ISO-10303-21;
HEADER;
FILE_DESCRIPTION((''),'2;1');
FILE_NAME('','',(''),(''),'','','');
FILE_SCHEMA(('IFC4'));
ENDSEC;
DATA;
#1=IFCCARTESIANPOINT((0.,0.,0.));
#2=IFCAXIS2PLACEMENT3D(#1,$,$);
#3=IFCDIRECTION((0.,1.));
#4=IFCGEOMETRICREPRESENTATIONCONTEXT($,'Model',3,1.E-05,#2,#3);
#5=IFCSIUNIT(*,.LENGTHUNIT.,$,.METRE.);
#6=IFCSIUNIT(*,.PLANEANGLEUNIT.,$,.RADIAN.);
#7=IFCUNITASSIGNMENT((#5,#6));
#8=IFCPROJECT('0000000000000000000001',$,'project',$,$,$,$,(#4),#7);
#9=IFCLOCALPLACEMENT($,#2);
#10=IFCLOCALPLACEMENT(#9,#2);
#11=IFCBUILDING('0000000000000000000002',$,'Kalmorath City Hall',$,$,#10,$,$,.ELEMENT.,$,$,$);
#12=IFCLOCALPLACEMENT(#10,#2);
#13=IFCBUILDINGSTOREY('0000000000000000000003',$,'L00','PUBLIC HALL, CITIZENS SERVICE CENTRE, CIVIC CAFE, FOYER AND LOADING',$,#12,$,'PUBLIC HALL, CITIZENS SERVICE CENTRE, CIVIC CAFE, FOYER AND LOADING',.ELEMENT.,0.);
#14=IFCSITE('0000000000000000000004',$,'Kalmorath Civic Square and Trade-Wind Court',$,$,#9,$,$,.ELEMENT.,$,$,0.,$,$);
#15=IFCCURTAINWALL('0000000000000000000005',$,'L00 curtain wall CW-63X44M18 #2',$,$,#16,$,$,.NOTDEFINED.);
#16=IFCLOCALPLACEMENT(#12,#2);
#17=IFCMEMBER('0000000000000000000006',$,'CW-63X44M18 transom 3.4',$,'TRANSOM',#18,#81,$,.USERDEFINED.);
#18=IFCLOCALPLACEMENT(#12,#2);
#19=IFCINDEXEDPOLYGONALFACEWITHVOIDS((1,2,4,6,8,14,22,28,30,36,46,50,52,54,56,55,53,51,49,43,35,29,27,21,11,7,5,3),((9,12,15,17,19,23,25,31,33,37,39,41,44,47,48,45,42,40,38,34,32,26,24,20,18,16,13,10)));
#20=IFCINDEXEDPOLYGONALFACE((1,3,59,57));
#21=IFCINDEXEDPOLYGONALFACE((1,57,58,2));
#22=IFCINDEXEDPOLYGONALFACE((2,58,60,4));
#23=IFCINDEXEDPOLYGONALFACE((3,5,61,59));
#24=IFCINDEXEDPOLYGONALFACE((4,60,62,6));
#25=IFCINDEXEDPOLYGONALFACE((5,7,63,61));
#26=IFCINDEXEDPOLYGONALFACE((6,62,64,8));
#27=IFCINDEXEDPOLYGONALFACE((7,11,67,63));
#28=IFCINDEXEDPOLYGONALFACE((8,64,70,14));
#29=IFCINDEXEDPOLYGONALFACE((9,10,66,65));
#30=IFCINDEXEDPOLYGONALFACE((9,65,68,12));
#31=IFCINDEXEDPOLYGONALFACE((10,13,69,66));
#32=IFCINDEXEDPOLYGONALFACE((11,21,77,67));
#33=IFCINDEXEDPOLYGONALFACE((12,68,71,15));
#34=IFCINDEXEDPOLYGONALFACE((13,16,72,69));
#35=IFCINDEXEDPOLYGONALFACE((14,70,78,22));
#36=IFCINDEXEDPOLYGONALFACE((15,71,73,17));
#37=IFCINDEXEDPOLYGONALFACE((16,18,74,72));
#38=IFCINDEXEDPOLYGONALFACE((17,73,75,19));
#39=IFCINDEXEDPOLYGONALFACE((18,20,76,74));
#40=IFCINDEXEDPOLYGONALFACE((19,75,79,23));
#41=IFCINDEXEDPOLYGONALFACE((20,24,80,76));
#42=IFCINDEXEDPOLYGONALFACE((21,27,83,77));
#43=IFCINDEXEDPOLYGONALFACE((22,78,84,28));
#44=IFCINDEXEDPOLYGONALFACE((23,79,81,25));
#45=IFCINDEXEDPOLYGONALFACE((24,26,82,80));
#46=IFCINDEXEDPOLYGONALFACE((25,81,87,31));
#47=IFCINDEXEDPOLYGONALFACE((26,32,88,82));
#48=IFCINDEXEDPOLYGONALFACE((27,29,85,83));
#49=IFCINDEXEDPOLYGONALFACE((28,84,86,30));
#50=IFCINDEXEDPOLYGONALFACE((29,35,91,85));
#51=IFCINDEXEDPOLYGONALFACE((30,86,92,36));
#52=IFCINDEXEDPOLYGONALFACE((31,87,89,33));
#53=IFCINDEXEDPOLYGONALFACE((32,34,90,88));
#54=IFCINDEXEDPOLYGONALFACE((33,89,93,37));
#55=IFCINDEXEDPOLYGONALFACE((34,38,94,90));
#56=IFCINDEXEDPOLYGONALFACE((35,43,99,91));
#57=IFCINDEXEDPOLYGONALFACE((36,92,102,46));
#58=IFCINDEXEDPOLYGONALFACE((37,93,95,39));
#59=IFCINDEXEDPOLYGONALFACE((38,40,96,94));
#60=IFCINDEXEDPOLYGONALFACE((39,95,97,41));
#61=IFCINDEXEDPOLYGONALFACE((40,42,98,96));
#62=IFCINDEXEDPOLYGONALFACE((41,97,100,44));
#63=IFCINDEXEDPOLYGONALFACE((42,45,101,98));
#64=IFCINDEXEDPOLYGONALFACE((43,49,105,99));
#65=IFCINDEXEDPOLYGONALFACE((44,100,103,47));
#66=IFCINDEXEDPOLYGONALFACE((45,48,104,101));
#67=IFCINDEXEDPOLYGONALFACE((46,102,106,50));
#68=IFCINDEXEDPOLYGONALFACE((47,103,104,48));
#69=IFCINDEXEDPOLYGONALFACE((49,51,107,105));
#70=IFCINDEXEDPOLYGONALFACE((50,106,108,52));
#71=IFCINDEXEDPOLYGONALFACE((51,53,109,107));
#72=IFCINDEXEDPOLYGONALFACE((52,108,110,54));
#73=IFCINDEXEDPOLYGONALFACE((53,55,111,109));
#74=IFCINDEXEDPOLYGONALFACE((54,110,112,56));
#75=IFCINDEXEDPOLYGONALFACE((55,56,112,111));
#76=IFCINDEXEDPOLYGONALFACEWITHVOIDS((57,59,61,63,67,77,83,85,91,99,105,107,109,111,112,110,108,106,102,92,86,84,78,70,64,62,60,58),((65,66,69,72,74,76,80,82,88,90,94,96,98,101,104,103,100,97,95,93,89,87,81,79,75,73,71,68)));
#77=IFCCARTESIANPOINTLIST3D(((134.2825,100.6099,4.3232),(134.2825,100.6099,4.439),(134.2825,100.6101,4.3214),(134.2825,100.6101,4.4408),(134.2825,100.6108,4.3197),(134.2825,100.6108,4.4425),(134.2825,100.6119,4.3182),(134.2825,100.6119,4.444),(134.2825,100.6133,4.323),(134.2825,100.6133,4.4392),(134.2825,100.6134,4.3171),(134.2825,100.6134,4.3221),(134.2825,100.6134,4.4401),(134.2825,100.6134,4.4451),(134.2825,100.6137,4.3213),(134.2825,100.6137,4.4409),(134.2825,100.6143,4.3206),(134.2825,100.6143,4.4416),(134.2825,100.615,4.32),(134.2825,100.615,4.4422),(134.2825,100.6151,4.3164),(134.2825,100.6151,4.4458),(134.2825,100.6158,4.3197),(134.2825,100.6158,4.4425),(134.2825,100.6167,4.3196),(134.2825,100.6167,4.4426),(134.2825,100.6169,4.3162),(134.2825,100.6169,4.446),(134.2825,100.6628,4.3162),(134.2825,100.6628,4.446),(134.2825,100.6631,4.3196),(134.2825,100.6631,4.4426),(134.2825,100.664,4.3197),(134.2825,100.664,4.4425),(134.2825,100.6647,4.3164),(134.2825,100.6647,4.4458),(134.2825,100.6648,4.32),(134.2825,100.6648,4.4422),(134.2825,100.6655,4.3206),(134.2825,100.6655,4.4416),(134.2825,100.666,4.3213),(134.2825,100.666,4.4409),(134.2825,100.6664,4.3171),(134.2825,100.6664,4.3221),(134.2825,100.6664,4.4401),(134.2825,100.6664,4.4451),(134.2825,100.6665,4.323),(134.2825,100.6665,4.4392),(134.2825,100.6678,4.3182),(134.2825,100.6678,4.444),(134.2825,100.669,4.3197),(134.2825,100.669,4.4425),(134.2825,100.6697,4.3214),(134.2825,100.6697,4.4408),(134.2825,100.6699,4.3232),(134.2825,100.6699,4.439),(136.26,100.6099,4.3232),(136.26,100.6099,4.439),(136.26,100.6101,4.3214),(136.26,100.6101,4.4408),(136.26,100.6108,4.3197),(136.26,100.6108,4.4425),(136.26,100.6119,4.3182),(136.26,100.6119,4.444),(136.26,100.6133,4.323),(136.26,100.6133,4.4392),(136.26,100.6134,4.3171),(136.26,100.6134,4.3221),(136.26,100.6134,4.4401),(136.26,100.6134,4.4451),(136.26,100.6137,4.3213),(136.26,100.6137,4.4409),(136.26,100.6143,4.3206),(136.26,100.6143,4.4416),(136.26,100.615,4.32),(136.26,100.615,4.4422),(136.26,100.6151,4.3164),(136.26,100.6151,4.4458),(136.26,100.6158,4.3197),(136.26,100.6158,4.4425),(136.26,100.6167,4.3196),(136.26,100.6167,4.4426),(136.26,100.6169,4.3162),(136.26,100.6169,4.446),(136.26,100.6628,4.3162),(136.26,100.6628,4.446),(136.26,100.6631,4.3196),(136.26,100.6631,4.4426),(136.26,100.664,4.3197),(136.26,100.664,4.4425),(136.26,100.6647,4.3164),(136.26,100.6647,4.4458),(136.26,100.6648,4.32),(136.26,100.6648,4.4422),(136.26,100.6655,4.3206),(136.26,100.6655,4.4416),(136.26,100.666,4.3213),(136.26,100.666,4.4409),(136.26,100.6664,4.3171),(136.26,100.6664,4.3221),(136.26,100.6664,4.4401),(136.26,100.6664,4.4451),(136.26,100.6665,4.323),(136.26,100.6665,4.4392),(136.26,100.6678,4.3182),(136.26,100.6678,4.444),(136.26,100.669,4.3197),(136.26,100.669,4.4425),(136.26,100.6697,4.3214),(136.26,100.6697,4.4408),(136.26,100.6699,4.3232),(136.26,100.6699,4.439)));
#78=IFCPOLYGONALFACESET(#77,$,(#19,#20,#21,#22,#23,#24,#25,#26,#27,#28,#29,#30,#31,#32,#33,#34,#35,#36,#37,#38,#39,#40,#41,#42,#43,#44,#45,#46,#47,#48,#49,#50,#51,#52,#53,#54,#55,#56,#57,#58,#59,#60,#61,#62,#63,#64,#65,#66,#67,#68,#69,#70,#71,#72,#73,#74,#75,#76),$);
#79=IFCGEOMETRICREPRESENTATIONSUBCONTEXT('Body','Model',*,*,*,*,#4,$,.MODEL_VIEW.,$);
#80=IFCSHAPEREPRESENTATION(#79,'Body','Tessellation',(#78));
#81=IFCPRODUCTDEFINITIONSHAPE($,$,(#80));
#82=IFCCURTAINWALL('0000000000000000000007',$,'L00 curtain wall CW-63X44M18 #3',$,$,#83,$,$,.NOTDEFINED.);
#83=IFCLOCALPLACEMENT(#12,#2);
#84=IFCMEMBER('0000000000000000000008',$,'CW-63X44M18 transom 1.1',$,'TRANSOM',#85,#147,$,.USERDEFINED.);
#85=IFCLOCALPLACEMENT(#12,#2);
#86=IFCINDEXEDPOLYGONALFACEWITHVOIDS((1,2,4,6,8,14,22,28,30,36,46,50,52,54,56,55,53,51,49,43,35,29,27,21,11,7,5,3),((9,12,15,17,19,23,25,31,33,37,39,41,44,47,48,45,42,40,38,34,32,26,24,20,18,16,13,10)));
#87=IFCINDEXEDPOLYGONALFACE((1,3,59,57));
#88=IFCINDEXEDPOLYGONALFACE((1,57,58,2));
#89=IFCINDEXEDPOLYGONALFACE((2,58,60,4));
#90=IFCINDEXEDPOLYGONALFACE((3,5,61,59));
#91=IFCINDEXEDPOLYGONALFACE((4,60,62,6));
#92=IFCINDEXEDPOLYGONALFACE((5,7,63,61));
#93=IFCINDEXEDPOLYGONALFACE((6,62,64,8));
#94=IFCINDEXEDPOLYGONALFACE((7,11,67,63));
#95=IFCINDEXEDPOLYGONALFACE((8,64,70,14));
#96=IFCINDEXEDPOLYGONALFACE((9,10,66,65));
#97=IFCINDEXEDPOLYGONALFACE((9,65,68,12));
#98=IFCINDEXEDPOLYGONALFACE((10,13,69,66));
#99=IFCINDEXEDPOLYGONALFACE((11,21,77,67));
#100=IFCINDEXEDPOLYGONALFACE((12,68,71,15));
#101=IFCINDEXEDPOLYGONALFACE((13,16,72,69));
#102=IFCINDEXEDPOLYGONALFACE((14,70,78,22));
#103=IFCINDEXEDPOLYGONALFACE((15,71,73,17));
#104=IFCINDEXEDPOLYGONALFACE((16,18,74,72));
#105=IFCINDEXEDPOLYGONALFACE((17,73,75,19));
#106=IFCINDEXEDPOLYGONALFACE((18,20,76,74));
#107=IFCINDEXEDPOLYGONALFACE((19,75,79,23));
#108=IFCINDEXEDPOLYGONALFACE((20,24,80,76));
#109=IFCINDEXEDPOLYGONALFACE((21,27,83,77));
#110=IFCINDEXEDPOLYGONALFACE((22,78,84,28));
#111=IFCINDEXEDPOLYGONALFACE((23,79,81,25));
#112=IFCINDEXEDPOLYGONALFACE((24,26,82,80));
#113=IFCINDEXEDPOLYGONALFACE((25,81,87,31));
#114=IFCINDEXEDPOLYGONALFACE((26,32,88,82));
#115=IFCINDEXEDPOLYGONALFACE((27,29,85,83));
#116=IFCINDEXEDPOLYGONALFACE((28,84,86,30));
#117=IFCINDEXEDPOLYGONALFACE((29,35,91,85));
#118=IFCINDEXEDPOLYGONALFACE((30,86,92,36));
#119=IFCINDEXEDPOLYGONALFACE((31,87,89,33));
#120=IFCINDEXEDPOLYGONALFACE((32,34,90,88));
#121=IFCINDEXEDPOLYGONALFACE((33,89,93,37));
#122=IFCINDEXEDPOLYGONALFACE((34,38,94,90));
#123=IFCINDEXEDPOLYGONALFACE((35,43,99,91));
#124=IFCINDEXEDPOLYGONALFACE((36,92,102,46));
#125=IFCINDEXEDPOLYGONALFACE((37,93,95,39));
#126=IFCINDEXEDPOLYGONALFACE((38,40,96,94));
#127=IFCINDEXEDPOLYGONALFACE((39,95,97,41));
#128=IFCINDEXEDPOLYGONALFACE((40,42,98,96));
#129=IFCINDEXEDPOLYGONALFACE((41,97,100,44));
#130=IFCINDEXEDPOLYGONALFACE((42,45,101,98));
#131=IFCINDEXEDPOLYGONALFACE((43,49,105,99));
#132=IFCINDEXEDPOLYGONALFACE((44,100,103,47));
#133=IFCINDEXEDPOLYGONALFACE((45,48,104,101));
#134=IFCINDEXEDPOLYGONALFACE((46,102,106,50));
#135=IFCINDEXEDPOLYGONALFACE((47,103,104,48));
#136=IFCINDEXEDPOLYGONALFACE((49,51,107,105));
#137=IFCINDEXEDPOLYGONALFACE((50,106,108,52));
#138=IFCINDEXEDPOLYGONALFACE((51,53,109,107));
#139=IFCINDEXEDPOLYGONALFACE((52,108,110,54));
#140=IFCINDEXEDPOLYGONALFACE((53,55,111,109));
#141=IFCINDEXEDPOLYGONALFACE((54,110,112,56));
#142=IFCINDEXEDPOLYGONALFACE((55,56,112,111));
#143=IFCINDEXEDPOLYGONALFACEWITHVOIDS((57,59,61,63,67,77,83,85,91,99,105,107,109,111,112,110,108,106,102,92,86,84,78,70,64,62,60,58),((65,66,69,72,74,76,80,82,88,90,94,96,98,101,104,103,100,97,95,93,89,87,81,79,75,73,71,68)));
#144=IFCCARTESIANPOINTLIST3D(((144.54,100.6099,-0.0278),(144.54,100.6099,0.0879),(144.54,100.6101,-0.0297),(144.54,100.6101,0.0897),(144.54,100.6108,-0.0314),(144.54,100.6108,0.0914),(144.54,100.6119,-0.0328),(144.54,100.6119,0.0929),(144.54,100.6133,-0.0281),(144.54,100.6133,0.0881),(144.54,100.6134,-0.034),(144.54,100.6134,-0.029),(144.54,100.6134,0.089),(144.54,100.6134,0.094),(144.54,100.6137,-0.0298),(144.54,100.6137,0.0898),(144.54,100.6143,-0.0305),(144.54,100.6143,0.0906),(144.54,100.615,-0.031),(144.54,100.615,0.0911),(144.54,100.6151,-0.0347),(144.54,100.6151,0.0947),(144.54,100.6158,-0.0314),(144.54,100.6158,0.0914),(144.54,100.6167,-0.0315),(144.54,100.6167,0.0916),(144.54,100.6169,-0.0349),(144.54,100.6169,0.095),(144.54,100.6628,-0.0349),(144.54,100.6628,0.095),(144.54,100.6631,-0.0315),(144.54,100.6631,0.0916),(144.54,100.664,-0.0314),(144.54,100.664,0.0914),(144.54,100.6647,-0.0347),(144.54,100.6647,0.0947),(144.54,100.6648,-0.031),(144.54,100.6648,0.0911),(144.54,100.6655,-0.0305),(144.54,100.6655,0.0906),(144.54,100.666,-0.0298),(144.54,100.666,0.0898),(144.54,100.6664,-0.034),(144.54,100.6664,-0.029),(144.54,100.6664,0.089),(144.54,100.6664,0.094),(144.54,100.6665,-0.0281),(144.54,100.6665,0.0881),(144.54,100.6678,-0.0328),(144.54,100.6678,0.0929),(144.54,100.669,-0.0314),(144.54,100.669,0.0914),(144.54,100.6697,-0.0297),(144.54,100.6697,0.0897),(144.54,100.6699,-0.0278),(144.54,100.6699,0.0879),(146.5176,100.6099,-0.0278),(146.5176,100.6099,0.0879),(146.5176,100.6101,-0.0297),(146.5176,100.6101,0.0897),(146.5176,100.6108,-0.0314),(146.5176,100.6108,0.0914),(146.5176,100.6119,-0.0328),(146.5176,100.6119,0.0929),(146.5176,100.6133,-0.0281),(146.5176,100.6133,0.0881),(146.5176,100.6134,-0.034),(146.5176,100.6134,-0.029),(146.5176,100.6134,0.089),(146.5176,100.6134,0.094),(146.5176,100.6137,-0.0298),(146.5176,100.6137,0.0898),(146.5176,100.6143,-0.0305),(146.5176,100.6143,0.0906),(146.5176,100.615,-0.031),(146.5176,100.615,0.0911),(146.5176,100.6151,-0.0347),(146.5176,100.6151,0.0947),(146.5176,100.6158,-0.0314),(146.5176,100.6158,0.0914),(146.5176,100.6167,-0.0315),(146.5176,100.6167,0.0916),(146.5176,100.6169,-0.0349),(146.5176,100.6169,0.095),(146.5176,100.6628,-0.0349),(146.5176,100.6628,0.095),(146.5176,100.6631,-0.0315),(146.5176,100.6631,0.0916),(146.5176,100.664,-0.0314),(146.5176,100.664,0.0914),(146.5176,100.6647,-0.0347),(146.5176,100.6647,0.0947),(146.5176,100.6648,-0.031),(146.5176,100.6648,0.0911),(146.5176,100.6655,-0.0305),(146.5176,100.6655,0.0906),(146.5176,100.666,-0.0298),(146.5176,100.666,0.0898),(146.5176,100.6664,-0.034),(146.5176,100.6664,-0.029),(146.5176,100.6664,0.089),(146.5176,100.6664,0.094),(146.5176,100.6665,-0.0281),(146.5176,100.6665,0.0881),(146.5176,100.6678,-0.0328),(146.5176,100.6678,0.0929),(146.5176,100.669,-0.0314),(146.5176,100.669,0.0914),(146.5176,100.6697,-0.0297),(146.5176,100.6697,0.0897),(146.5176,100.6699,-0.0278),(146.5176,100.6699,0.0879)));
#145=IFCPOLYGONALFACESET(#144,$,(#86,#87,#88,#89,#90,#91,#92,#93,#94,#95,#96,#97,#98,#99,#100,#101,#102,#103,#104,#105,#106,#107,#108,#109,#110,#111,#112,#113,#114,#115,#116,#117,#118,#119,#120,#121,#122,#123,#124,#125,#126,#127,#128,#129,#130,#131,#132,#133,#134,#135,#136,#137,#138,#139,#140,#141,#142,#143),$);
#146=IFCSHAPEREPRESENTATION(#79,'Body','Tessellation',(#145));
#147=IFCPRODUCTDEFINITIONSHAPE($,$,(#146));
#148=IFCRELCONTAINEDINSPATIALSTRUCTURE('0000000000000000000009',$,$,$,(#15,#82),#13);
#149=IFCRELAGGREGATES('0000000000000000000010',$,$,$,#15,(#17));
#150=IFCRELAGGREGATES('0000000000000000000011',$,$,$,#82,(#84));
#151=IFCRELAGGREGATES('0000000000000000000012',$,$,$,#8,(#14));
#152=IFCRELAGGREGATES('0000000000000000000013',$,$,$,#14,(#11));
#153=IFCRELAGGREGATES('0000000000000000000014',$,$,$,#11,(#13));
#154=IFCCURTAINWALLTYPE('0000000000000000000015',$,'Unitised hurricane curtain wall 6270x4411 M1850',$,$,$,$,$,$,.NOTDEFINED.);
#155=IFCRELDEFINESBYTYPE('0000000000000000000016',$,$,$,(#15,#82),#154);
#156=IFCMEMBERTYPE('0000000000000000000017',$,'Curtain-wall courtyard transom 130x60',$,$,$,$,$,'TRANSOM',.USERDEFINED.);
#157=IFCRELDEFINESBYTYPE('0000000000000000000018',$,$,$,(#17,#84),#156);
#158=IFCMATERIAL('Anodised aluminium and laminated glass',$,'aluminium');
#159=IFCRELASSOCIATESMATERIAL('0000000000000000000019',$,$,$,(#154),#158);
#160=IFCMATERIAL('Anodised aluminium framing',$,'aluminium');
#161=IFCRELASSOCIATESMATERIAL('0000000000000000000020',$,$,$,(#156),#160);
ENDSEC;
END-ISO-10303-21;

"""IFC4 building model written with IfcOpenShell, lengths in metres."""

from ifc_helpers import new_model, si_unit, direction, frame, origin, origin_2d, place, context, subcontext, project, spatial, hollow_rectangle, extrude, material, material_profile, profile_set, type_object, element, aggregate, save


model = new_model("IFC4")

# Units and contexts
model_context = context("Model", 3, precision=1e-05, world=origin(), true_north=direction((0.0, 1.0)))
body_context = subcontext(model_context, "Body", "Model", "MODEL_VIEW")
ifc_project = project(units=[si_unit("LENGTHUNIT", "METRE"), si_unit("PLANEANGLEUNIT", "RADIAN")], contexts=[model_context])

# Site, building, storey
site_placement = place(None, origin())
site = spatial("IfcSite", under=ifc_project, at=site_placement, Name="Kalmorath Civic Square and Trade-Wind Court", CompositionType="ELEMENT", RefElevation=0.0)
building_placement = place(site_placement, origin())
building = spatial("IfcBuilding", under=site, at=building_placement, Name="Kalmorath City Hall", CompositionType="ELEMENT")
storey_placement = place(building_placement, origin())
storey = spatial("IfcBuildingStorey", under=building, at=storey_placement, Name="L00", Description="PUBLIC HALL, CITIZENS SERVICE CENTRE, CIVIC CAFE, FOYER AND LOADING", LongName="PUBLIC HALL, CITIZENS SERVICE CENTRE, CIVIC CAFE, FOYER AND LOADING", CompositionType="ELEMENT", Elevation=0.0)

# Curtain walls, members
ifc_material_1 = material(Name="Anodised aluminium and laminated glass", Category="aluminium")
curtain_wall_type = type_object("IfcCurtainWallType", Name="Unitised hurricane curtain wall 6270x4411 M1850", PredefinedType="NOTDEFINED", material=ifc_material_1)
curtain_wall_1_placement = place(storey_placement, origin())
curtain_wall_1 = element("IfcCurtainWall", 1, at=curtain_wall_1_placement, inside=storey, type_object=curtain_wall_type, Name="L00 curtain wall CW-63X44M18 #2", PredefinedType="NOTDEFINED")
ifc_material_2 = material(Name="Anodised aluminium framing", Category="aluminium")
ifc_material_profile_1 = material_profile(ifc_material_2, hollow_rectangle(XDim=0.0601, YDim=0.1299, WallThickness=0.0034, InnerFilletRadius=0.0034, OuterFilletRadius=0.0071, at=origin_2d()), Name="ALU-TRN-130X60X3.5")
ifc_profile_set_1 = profile_set([ifc_material_profile_1], Name="Anodised aluminium framing")
member_type_1 = type_object("IfcMemberType", Name="Curtain-wall courtyard transom 130x60", ElementType="TRANSOM", PredefinedType="USERDEFINED", material=ifc_profile_set_1)
member_1_placement = place(storey_placement, frame((134.2825, 100.6399, 4.3811), z_axis=(1.0, 0.0, 0.0), x_axis=(0.0, 1.0, 0.0)))
member_1 = element("IfcMember", 2, at=member_1_placement, type_object=member_type_1, Name="CW-63X44M18 transom 3.4", ObjectType="TRANSOM", PredefinedType="USERDEFINED", context=body_context, shape_type="SweptSolid", body=[
    extrude(hollow_rectangle(XDim=0.0601, YDim=0.1299, WallThickness=0.0034, InnerFilletRadius=0.0034, OuterFilletRadius=0.0071, at=origin_2d()), origin(), (0.0, 0.0, 1.0), 1.9775),
])
curtain_wall_2_placement = place(storey_placement, origin())
curtain_wall_2 = element("IfcCurtainWall", 3, at=curtain_wall_2_placement, inside=storey, type_object=curtain_wall_type, Name="L00 curtain wall CW-63X44M18 #3", PredefinedType="NOTDEFINED")
member_2_placement = place(storey_placement, frame((144.54, 100.6399, 0.03), z_axis=(1.0, 0.0, 0.0), x_axis=(0.0, 1.0, 0.0)))
member_2 = element("IfcMember", 4, at=member_2_placement, type_object=member_type_1, Name="CW-63X44M18 transom 1.1", ObjectType="TRANSOM", PredefinedType="USERDEFINED", context=body_context, shape_type="SweptSolid", body=[
    extrude(hollow_rectangle(XDim=0.0601, YDim=0.1299, WallThickness=0.0034, InnerFilletRadius=0.0034, OuterFilletRadius=0.0071, at=origin_2d()), origin(), (0.0, 0.0, 1.0), 1.9775),
])

aggregate(curtain_wall_1, [member_1])
aggregate(curtain_wall_2, [member_2])

save(model, "model.ifc")
